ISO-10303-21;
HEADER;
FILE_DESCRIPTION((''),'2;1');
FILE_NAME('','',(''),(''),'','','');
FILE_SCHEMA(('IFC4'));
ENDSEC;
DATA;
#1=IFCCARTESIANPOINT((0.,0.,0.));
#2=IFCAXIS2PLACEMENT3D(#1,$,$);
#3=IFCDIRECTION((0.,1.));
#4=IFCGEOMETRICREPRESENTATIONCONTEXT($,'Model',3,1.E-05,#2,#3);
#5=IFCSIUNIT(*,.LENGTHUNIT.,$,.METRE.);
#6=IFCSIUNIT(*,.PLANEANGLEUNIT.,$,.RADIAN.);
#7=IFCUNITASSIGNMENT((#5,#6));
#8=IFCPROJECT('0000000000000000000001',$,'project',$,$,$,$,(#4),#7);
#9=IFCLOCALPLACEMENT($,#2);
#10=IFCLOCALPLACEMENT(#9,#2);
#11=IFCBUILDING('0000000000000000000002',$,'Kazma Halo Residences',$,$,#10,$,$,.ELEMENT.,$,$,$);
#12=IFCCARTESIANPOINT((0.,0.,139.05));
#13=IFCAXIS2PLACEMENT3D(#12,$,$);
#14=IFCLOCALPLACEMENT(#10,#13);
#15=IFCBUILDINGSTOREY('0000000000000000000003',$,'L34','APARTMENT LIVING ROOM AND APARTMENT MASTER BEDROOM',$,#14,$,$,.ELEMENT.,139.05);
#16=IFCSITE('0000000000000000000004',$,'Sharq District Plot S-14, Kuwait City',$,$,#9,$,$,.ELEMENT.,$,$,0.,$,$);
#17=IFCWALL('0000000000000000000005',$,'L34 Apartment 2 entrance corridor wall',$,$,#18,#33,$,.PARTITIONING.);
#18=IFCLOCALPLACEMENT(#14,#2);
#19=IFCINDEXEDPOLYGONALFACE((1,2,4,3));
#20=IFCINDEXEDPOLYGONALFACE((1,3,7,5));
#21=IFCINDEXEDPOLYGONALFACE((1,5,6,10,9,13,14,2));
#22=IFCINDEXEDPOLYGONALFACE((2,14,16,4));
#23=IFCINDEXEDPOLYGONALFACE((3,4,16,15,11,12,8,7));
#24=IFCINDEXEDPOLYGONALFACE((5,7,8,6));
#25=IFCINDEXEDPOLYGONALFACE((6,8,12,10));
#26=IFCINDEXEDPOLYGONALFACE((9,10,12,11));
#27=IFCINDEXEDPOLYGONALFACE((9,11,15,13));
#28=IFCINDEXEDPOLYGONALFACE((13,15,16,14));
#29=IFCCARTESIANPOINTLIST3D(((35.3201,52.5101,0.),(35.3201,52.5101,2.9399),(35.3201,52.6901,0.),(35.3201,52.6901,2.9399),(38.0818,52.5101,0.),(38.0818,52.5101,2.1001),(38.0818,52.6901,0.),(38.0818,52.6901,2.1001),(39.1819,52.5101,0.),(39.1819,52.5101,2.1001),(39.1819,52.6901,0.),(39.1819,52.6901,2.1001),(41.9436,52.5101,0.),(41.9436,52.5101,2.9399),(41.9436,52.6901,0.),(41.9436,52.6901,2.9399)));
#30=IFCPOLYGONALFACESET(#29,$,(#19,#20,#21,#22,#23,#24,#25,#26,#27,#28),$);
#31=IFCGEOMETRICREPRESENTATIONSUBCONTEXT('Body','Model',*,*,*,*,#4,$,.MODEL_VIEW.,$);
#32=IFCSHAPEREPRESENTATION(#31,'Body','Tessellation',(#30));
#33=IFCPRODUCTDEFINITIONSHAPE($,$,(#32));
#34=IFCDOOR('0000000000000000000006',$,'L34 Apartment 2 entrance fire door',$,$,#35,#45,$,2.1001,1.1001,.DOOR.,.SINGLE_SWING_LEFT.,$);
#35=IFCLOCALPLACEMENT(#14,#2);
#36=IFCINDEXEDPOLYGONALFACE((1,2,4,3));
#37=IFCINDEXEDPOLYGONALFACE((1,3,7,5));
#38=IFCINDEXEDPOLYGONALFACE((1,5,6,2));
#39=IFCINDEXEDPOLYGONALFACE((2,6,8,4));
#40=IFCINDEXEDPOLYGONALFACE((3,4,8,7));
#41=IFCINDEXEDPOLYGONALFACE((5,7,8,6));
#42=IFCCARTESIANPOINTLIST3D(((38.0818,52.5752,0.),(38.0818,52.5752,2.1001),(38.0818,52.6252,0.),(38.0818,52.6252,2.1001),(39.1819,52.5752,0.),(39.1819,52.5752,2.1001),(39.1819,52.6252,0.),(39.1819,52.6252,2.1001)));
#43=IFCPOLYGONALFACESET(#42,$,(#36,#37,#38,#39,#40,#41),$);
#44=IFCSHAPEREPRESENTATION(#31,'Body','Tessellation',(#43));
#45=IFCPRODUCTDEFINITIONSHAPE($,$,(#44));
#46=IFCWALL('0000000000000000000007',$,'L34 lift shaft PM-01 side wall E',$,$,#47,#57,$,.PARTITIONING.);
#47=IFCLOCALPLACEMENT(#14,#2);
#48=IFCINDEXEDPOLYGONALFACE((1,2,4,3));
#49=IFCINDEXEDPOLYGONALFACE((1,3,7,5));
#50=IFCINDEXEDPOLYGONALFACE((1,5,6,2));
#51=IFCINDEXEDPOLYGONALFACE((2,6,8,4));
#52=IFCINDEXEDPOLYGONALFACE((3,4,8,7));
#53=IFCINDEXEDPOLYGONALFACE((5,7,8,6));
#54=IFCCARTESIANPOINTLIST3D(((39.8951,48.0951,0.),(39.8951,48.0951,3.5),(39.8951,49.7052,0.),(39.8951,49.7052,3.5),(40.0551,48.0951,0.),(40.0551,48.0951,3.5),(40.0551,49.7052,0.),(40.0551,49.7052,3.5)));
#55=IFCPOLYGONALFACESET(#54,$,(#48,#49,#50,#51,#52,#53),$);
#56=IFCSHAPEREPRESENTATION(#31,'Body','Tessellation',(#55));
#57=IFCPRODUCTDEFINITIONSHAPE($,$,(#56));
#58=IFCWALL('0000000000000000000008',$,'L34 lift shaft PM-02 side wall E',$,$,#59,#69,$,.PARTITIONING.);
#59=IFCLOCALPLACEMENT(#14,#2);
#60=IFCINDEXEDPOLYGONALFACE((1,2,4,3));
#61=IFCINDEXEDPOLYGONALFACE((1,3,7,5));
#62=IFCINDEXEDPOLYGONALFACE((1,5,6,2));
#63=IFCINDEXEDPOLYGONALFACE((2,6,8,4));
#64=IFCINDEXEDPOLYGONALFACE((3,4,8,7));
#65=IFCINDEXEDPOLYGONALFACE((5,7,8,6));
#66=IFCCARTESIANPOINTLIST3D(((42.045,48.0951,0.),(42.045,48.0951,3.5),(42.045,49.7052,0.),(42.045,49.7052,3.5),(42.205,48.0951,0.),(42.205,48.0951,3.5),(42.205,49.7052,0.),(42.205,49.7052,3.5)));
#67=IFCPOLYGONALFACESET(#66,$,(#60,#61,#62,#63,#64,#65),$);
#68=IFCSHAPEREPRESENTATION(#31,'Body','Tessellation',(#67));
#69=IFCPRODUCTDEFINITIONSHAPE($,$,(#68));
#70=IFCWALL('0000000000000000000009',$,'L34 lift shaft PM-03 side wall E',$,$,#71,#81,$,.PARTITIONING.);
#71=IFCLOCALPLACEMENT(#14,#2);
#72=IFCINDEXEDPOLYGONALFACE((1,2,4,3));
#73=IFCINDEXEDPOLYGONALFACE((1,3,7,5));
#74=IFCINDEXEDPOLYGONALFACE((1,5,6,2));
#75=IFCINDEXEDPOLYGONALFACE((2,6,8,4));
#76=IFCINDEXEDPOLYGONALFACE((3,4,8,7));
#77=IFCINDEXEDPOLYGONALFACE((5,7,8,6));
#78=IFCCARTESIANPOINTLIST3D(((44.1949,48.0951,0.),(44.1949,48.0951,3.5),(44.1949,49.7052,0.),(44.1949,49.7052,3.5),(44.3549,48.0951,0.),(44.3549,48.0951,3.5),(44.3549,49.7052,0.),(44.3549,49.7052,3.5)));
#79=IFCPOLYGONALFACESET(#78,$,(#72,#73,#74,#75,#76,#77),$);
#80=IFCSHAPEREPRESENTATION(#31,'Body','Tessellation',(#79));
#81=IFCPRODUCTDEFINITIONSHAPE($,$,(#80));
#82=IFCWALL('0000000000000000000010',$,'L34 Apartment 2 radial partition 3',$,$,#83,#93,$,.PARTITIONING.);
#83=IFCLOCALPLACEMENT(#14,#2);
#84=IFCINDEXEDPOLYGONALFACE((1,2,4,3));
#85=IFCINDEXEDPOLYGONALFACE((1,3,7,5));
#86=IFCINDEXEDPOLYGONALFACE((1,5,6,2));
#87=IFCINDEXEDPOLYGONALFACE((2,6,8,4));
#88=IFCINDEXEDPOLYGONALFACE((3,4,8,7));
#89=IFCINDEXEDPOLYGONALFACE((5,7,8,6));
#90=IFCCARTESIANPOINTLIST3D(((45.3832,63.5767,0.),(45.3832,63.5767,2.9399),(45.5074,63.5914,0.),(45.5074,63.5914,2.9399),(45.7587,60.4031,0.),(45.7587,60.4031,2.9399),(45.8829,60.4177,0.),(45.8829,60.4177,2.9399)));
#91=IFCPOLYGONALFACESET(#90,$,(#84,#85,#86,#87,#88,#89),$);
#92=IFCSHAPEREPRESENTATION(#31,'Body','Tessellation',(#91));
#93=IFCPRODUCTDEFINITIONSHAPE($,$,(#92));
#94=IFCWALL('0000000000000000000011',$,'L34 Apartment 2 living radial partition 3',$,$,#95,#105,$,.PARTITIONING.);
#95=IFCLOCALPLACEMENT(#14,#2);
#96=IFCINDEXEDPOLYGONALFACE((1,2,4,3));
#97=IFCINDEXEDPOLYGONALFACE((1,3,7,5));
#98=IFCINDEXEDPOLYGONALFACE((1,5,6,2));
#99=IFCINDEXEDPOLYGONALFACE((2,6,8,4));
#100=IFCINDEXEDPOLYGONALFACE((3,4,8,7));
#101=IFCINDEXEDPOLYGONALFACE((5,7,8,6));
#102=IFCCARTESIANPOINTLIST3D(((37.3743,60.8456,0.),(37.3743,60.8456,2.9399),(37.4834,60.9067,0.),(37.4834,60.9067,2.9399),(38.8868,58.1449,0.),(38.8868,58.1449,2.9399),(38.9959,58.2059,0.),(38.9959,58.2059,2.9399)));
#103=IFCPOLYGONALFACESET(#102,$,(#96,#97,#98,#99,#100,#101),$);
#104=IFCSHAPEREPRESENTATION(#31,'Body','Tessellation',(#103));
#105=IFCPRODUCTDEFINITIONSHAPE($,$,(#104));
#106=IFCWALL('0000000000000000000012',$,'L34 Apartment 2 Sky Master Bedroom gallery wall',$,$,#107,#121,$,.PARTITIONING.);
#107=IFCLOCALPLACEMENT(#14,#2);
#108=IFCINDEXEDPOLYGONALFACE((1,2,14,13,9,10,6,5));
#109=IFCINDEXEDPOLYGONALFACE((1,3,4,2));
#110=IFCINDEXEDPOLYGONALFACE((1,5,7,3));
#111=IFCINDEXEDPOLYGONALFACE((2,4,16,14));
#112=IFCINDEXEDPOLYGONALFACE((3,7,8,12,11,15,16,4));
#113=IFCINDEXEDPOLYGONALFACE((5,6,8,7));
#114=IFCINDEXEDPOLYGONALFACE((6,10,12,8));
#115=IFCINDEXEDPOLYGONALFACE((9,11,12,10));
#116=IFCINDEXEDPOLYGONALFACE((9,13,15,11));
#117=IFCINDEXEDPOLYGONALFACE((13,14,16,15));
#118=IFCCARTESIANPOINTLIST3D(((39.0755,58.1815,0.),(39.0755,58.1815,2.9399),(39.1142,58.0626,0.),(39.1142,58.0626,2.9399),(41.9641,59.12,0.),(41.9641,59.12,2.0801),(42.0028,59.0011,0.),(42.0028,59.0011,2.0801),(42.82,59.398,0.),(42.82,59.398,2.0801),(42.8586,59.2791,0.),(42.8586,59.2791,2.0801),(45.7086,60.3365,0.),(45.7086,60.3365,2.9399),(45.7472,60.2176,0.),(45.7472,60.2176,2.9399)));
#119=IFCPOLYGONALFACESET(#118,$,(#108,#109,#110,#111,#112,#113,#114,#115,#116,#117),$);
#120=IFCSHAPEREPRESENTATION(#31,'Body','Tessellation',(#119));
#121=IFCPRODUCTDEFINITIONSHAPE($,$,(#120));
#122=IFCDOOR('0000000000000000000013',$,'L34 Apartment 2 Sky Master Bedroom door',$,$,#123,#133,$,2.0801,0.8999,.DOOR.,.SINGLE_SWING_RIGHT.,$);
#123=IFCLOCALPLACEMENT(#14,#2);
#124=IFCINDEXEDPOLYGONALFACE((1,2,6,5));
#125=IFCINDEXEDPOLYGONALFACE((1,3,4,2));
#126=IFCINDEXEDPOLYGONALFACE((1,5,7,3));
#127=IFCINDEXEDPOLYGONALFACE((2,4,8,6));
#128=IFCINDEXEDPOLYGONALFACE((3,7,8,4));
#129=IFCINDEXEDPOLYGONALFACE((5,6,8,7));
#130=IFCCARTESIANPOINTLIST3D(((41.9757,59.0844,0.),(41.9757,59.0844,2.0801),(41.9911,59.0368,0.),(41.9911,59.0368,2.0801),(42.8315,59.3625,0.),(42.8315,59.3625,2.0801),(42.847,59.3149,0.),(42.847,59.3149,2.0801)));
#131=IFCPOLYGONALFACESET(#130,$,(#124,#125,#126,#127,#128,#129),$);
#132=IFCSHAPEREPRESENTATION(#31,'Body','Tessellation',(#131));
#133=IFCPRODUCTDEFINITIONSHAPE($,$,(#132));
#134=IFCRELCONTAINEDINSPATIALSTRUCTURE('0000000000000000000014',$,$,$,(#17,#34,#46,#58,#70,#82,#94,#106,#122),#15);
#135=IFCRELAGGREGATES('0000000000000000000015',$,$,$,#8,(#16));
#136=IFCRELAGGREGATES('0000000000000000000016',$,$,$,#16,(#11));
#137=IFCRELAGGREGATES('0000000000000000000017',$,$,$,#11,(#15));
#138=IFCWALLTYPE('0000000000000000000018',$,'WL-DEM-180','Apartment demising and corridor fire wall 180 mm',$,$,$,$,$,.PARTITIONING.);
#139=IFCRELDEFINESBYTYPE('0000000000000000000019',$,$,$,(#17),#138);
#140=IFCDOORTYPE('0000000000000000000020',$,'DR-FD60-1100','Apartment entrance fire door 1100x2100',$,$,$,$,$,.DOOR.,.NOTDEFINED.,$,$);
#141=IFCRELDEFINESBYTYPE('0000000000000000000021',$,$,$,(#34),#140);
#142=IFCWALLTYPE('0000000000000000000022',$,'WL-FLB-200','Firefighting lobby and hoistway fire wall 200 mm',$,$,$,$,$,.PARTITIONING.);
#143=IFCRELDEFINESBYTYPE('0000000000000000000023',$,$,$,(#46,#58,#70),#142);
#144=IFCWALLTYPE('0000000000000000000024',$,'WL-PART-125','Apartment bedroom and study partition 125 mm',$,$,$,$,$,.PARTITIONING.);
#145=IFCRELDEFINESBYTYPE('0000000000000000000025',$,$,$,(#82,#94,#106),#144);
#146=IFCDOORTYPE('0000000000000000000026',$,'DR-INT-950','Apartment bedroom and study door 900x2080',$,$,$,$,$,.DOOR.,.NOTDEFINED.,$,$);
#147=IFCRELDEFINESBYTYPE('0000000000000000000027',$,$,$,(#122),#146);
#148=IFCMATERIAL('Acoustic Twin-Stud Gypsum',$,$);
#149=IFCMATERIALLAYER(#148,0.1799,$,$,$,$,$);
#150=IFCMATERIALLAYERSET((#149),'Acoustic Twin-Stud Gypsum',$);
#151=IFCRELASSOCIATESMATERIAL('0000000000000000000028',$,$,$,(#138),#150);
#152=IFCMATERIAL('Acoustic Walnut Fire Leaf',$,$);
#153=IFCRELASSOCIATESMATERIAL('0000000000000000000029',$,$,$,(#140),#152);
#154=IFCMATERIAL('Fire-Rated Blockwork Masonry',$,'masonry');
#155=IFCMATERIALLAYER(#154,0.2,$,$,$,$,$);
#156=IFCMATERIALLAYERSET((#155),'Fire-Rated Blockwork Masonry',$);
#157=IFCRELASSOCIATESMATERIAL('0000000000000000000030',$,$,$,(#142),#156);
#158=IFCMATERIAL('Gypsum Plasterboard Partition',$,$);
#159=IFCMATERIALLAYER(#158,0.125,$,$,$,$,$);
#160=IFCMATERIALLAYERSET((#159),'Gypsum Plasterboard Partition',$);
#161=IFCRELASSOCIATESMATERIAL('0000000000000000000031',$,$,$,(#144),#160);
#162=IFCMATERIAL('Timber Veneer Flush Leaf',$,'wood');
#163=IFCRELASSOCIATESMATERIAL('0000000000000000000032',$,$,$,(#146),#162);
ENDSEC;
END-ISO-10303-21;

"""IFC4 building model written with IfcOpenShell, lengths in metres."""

from ifc_helpers import new_model, si_unit, direction, frame, frame_2d, origin, place, context, subcontext, project, spatial, rectangle, extrude, material, layer, layer_set, type_object, element, fill, save


model = new_model("IFC4")

# Units and contexts
model_context = context("Model", 3, precision=1e-05, world=origin(), true_north=direction((0.0, 1.0)))
body_context = subcontext(model_context, "Body", "Model", "MODEL_VIEW")
ifc_project = project(units=[si_unit("LENGTHUNIT", "METRE"), si_unit("PLANEANGLEUNIT", "RADIAN")], contexts=[model_context])

# Site, building, storey
site_placement = place(None, origin())
site = spatial("IfcSite", under=ifc_project, at=site_placement, Name="Sharq District Plot S-14, Kuwait City", CompositionType="ELEMENT", RefElevation=0.0)
building_placement = place(site_placement, origin())
building = spatial("IfcBuilding", under=site, at=building_placement, Name="Kazma Halo Residences", CompositionType="ELEMENT")
storey_placement = place(building_placement, frame((0.0, 0.0, 139.05)))
storey = spatial("IfcBuildingStorey", under=building, at=storey_placement, Name="L34", Description="APARTMENT LIVING ROOM AND APARTMENT MASTER BEDROOM", CompositionType="ELEMENT", Elevation=139.05)

# Wall, opening, door
ifc_material_1 = material(Name="Acoustic Twin-Stud Gypsum")
ifc_layer_1 = layer(ifc_material_1, 0.1799)
ifc_layer_set_1 = layer_set([ifc_layer_1], Name="Acoustic Twin-Stud Gypsum")
wall_type_1 = type_object("IfcWallType", Name="WL-DEM-180", Description="Apartment demising and corridor fire wall 180 mm", PredefinedType="PARTITIONING", material=ifc_layer_set_1)
wall_1_placement = place(storey_placement, frame((41.9436, 52.6001, 0.0), z_axis=(0.0, 0.0, 1.0), x_axis=(-1.0, 0.0, 0.0)))
wall_1 = element("IfcWall", 1, at=wall_1_placement, inside=storey, type_object=wall_type_1, Name="L34 Apartment 2 entrance corridor wall", PredefinedType="PARTITIONING", context=body_context, shape_type="SweptSolid", body=[
    extrude(rectangle(XDim=6.6235, YDim=0.1799, at=frame_2d((3.3118, 0.0))), origin(), (0.0, 0.0, 1.0), 2.9399),
])
opening_1_placement = place(wall_1_placement, frame((2.7617, 0.0, 0.0)))
opening_1 = element("IfcOpeningElement", 2, at=opening_1_placement, cuts=wall_1, PredefinedType="OPENING", context=body_context, shape_type="SweptSolid", body=[
    extrude(rectangle(XDim=1.1001, YDim=2.1001, at=frame_2d((0.55, 1.05))), frame((0.0, 0.0999, 0.0), z_axis=(0.0, -1.0, 0.0), x_axis=(1.0, 0.0, 0.0)), (0.0, 0.0, 1.0), 0.2),
])
ifc_material_2 = material(Name="Acoustic Walnut Fire Leaf")
door_type_1 = type_object("IfcDoorType", Name="DR-FD60-1100", Description="Apartment entrance fire door 1100x2100", OperationType="NOTDEFINED", PredefinedType="DOOR", material=ifc_material_2)
door_1_placement = place(opening_1_placement, origin())
door_1 = element("IfcDoor", 3, at=door_1_placement, inside=storey, type_object=door_type_1, Name="L34 Apartment 2 entrance fire door", OperationType="SINGLE_SWING_LEFT", OverallHeight=2.1001, OverallWidth=1.1001, PredefinedType="DOOR", context=body_context, shape_type="SweptSolid", body=[
    extrude(rectangle(XDim=1.1001, YDim=2.1001, at=frame_2d((0.55, 1.05))), frame((0.0, 0.0249, 0.0), z_axis=(0.0, -1.0, 0.0), x_axis=(1.0, 0.0, 0.0)), (0.0, 0.0, 1.0), 0.05),
])
fill(opening_1, door_1)

# Walls
ifc_material_3 = material(Name="Fire-Rated Blockwork Masonry", Category="masonry")
ifc_layer_2 = layer(ifc_material_3, 0.2)
ifc_layer_set_2 = layer_set([ifc_layer_2], Name="Fire-Rated Blockwork Masonry")
wall_type_2 = type_object("IfcWallType", Name="WL-FLB-200", Description="Firefighting lobby and hoistway fire wall 200 mm", PredefinedType="PARTITIONING", material=ifc_layer_set_2)
for number, where, z_axis, x_axis, name in (
    (4, (39.9751, 48.095, 0.0), (0.0, 0.0, 1.0), (0.0, 1.0, 0.0), "L34 lift shaft PM-01 side wall E"),
    (5, (42.125, 48.095, 0.0), (0.0, 0.0, 1.0), (0.0, 1.0, 0.0), "L34 lift shaft PM-02 side wall E"),
    (6, (44.2749, 48.095, 0.0), (0.0, 0.0, 1.0), (0.0, 1.0, 0.0), "L34 lift shaft PM-03 side wall E"),
):
    element("IfcWall", number, at=place(storey_placement, frame(where, z_axis=z_axis, x_axis=x_axis)), inside=storey, type_object=wall_type_2, Name=name, PredefinedType="PARTITIONING", context=body_context, shape_type="SweptSolid", body=[
        extrude(rectangle(XDim=1.6101, YDim=0.1599, at=frame_2d((0.8052, 0.0))), origin(), (0.0, 0.0, 1.0), 3.5),
    ])
ifc_material_4 = material(Name="Gypsum Plasterboard Partition")
ifc_layer_3 = layer(ifc_material_4, 0.125)
ifc_layer_set_3 = layer_set([ifc_layer_3], Name="Gypsum Plasterboard Partition")
wall_type_3 = type_object("IfcWallType", Name="WL-PART-125", Description="Apartment bedroom and study partition 125 mm", PredefinedType="PARTITIONING", material=ifc_layer_set_3)
wall_2_placement = place(storey_placement, frame((45.8208, 60.4104, 0.0), z_axis=(0.0, 0.0, 1.0), x_axis=(-0.117497, 0.993073, 0.0)))
element("IfcWall", 7, at=wall_2_placement, inside=storey, type_object=wall_type_3, Name="L34 Apartment 2 radial partition 3", PredefinedType="PARTITIONING", context=body_context, shape_type="SweptSolid", body=[
    extrude(rectangle(XDim=3.1958, YDim=0.125, at=frame_2d((1.5979, 0.0))), origin(), (0.0, 0.0, 1.0), 2.9399),
])
wall_3_placement = place(storey_placement, frame((38.9414, 58.1753, 0.0), z_axis=(0.0, 0.0, 1.0), x_axis=(-0.48862, 0.872497, 0.0)))
element("IfcWall", 8, at=wall_3_placement, inside=storey, type_object=wall_type_3, Name="L34 Apartment 2 living radial partition 3", PredefinedType="PARTITIONING", context=body_context, shape_type="SweptSolid", body=[
    extrude(rectangle(XDim=3.0955, YDim=0.125, at=frame_2d((1.5479, 0.0))), origin(), (0.0, 0.0, 1.0), 2.9399),
])

# Wall, opening, door
wall_4_placement = place(storey_placement, frame((45.728, 60.2771, 0.0), z_axis=(0.0, 0.0, 1.0), x_axis=(-0.951064, -0.308993, 0.0)))
wall_4 = element("IfcWall", 9, at=wall_4_placement, inside=storey, type_object=wall_type_3, Name="L34 Apartment 2 Sky Master Bedroom gallery wall", PredefinedType="PARTITIONING", context=body_context, shape_type="SweptSolid", body=[
    extrude(rectangle(XDim=6.9744, YDim=0.125, at=frame_2d((3.4873, 0.0))), origin(), (0.0, 0.0, 1.0), 2.9399),
])
opening_2_placement = place(wall_4_placement, frame((3.0374, 0.0, 0.0)))
opening_2 = element("IfcOpeningElement", 10, at=opening_2_placement, cuts=wall_4, PredefinedType="OPENING", context=body_context, shape_type="SweptSolid", body=[
    extrude(rectangle(XDim=0.8999, YDim=2.0801, at=frame_2d((0.45, 1.04))), frame((0.0, 0.0725, 0.0), z_axis=(0.0, -1.0, 0.0), x_axis=(1.0, 0.0, 0.0)), (0.0, 0.0, 1.0), 0.145),
])
ifc_material_5 = material(Name="Timber Veneer Flush Leaf", Category="wood")
door_type_2 = type_object("IfcDoorType", Name="DR-INT-950", Description="Apartment bedroom and study door 900x2080", OperationType="NOTDEFINED", PredefinedType="DOOR", material=ifc_material_5)
door_2_placement = place(opening_2_placement, origin())
door_2 = element("IfcDoor", 11, at=door_2_placement, inside=storey, type_object=door_type_2, Name="L34 Apartment 2 Sky Master Bedroom door", OperationType="SINGLE_SWING_RIGHT", OverallHeight=2.0801, OverallWidth=0.8999, PredefinedType="DOOR", context=body_context, shape_type="SweptSolid", body=[
    extrude(rectangle(XDim=0.8999, YDim=2.0801, at=frame_2d((0.45, 1.04))), frame((0.0, 0.0249, 0.0), z_axis=(0.0, -1.0, 0.0), x_axis=(1.0, 0.0, 0.0)), (0.0, 0.0, 1.0), 0.05),
])
fill(opening_2, door_2)

save(model, "model.ifc")
